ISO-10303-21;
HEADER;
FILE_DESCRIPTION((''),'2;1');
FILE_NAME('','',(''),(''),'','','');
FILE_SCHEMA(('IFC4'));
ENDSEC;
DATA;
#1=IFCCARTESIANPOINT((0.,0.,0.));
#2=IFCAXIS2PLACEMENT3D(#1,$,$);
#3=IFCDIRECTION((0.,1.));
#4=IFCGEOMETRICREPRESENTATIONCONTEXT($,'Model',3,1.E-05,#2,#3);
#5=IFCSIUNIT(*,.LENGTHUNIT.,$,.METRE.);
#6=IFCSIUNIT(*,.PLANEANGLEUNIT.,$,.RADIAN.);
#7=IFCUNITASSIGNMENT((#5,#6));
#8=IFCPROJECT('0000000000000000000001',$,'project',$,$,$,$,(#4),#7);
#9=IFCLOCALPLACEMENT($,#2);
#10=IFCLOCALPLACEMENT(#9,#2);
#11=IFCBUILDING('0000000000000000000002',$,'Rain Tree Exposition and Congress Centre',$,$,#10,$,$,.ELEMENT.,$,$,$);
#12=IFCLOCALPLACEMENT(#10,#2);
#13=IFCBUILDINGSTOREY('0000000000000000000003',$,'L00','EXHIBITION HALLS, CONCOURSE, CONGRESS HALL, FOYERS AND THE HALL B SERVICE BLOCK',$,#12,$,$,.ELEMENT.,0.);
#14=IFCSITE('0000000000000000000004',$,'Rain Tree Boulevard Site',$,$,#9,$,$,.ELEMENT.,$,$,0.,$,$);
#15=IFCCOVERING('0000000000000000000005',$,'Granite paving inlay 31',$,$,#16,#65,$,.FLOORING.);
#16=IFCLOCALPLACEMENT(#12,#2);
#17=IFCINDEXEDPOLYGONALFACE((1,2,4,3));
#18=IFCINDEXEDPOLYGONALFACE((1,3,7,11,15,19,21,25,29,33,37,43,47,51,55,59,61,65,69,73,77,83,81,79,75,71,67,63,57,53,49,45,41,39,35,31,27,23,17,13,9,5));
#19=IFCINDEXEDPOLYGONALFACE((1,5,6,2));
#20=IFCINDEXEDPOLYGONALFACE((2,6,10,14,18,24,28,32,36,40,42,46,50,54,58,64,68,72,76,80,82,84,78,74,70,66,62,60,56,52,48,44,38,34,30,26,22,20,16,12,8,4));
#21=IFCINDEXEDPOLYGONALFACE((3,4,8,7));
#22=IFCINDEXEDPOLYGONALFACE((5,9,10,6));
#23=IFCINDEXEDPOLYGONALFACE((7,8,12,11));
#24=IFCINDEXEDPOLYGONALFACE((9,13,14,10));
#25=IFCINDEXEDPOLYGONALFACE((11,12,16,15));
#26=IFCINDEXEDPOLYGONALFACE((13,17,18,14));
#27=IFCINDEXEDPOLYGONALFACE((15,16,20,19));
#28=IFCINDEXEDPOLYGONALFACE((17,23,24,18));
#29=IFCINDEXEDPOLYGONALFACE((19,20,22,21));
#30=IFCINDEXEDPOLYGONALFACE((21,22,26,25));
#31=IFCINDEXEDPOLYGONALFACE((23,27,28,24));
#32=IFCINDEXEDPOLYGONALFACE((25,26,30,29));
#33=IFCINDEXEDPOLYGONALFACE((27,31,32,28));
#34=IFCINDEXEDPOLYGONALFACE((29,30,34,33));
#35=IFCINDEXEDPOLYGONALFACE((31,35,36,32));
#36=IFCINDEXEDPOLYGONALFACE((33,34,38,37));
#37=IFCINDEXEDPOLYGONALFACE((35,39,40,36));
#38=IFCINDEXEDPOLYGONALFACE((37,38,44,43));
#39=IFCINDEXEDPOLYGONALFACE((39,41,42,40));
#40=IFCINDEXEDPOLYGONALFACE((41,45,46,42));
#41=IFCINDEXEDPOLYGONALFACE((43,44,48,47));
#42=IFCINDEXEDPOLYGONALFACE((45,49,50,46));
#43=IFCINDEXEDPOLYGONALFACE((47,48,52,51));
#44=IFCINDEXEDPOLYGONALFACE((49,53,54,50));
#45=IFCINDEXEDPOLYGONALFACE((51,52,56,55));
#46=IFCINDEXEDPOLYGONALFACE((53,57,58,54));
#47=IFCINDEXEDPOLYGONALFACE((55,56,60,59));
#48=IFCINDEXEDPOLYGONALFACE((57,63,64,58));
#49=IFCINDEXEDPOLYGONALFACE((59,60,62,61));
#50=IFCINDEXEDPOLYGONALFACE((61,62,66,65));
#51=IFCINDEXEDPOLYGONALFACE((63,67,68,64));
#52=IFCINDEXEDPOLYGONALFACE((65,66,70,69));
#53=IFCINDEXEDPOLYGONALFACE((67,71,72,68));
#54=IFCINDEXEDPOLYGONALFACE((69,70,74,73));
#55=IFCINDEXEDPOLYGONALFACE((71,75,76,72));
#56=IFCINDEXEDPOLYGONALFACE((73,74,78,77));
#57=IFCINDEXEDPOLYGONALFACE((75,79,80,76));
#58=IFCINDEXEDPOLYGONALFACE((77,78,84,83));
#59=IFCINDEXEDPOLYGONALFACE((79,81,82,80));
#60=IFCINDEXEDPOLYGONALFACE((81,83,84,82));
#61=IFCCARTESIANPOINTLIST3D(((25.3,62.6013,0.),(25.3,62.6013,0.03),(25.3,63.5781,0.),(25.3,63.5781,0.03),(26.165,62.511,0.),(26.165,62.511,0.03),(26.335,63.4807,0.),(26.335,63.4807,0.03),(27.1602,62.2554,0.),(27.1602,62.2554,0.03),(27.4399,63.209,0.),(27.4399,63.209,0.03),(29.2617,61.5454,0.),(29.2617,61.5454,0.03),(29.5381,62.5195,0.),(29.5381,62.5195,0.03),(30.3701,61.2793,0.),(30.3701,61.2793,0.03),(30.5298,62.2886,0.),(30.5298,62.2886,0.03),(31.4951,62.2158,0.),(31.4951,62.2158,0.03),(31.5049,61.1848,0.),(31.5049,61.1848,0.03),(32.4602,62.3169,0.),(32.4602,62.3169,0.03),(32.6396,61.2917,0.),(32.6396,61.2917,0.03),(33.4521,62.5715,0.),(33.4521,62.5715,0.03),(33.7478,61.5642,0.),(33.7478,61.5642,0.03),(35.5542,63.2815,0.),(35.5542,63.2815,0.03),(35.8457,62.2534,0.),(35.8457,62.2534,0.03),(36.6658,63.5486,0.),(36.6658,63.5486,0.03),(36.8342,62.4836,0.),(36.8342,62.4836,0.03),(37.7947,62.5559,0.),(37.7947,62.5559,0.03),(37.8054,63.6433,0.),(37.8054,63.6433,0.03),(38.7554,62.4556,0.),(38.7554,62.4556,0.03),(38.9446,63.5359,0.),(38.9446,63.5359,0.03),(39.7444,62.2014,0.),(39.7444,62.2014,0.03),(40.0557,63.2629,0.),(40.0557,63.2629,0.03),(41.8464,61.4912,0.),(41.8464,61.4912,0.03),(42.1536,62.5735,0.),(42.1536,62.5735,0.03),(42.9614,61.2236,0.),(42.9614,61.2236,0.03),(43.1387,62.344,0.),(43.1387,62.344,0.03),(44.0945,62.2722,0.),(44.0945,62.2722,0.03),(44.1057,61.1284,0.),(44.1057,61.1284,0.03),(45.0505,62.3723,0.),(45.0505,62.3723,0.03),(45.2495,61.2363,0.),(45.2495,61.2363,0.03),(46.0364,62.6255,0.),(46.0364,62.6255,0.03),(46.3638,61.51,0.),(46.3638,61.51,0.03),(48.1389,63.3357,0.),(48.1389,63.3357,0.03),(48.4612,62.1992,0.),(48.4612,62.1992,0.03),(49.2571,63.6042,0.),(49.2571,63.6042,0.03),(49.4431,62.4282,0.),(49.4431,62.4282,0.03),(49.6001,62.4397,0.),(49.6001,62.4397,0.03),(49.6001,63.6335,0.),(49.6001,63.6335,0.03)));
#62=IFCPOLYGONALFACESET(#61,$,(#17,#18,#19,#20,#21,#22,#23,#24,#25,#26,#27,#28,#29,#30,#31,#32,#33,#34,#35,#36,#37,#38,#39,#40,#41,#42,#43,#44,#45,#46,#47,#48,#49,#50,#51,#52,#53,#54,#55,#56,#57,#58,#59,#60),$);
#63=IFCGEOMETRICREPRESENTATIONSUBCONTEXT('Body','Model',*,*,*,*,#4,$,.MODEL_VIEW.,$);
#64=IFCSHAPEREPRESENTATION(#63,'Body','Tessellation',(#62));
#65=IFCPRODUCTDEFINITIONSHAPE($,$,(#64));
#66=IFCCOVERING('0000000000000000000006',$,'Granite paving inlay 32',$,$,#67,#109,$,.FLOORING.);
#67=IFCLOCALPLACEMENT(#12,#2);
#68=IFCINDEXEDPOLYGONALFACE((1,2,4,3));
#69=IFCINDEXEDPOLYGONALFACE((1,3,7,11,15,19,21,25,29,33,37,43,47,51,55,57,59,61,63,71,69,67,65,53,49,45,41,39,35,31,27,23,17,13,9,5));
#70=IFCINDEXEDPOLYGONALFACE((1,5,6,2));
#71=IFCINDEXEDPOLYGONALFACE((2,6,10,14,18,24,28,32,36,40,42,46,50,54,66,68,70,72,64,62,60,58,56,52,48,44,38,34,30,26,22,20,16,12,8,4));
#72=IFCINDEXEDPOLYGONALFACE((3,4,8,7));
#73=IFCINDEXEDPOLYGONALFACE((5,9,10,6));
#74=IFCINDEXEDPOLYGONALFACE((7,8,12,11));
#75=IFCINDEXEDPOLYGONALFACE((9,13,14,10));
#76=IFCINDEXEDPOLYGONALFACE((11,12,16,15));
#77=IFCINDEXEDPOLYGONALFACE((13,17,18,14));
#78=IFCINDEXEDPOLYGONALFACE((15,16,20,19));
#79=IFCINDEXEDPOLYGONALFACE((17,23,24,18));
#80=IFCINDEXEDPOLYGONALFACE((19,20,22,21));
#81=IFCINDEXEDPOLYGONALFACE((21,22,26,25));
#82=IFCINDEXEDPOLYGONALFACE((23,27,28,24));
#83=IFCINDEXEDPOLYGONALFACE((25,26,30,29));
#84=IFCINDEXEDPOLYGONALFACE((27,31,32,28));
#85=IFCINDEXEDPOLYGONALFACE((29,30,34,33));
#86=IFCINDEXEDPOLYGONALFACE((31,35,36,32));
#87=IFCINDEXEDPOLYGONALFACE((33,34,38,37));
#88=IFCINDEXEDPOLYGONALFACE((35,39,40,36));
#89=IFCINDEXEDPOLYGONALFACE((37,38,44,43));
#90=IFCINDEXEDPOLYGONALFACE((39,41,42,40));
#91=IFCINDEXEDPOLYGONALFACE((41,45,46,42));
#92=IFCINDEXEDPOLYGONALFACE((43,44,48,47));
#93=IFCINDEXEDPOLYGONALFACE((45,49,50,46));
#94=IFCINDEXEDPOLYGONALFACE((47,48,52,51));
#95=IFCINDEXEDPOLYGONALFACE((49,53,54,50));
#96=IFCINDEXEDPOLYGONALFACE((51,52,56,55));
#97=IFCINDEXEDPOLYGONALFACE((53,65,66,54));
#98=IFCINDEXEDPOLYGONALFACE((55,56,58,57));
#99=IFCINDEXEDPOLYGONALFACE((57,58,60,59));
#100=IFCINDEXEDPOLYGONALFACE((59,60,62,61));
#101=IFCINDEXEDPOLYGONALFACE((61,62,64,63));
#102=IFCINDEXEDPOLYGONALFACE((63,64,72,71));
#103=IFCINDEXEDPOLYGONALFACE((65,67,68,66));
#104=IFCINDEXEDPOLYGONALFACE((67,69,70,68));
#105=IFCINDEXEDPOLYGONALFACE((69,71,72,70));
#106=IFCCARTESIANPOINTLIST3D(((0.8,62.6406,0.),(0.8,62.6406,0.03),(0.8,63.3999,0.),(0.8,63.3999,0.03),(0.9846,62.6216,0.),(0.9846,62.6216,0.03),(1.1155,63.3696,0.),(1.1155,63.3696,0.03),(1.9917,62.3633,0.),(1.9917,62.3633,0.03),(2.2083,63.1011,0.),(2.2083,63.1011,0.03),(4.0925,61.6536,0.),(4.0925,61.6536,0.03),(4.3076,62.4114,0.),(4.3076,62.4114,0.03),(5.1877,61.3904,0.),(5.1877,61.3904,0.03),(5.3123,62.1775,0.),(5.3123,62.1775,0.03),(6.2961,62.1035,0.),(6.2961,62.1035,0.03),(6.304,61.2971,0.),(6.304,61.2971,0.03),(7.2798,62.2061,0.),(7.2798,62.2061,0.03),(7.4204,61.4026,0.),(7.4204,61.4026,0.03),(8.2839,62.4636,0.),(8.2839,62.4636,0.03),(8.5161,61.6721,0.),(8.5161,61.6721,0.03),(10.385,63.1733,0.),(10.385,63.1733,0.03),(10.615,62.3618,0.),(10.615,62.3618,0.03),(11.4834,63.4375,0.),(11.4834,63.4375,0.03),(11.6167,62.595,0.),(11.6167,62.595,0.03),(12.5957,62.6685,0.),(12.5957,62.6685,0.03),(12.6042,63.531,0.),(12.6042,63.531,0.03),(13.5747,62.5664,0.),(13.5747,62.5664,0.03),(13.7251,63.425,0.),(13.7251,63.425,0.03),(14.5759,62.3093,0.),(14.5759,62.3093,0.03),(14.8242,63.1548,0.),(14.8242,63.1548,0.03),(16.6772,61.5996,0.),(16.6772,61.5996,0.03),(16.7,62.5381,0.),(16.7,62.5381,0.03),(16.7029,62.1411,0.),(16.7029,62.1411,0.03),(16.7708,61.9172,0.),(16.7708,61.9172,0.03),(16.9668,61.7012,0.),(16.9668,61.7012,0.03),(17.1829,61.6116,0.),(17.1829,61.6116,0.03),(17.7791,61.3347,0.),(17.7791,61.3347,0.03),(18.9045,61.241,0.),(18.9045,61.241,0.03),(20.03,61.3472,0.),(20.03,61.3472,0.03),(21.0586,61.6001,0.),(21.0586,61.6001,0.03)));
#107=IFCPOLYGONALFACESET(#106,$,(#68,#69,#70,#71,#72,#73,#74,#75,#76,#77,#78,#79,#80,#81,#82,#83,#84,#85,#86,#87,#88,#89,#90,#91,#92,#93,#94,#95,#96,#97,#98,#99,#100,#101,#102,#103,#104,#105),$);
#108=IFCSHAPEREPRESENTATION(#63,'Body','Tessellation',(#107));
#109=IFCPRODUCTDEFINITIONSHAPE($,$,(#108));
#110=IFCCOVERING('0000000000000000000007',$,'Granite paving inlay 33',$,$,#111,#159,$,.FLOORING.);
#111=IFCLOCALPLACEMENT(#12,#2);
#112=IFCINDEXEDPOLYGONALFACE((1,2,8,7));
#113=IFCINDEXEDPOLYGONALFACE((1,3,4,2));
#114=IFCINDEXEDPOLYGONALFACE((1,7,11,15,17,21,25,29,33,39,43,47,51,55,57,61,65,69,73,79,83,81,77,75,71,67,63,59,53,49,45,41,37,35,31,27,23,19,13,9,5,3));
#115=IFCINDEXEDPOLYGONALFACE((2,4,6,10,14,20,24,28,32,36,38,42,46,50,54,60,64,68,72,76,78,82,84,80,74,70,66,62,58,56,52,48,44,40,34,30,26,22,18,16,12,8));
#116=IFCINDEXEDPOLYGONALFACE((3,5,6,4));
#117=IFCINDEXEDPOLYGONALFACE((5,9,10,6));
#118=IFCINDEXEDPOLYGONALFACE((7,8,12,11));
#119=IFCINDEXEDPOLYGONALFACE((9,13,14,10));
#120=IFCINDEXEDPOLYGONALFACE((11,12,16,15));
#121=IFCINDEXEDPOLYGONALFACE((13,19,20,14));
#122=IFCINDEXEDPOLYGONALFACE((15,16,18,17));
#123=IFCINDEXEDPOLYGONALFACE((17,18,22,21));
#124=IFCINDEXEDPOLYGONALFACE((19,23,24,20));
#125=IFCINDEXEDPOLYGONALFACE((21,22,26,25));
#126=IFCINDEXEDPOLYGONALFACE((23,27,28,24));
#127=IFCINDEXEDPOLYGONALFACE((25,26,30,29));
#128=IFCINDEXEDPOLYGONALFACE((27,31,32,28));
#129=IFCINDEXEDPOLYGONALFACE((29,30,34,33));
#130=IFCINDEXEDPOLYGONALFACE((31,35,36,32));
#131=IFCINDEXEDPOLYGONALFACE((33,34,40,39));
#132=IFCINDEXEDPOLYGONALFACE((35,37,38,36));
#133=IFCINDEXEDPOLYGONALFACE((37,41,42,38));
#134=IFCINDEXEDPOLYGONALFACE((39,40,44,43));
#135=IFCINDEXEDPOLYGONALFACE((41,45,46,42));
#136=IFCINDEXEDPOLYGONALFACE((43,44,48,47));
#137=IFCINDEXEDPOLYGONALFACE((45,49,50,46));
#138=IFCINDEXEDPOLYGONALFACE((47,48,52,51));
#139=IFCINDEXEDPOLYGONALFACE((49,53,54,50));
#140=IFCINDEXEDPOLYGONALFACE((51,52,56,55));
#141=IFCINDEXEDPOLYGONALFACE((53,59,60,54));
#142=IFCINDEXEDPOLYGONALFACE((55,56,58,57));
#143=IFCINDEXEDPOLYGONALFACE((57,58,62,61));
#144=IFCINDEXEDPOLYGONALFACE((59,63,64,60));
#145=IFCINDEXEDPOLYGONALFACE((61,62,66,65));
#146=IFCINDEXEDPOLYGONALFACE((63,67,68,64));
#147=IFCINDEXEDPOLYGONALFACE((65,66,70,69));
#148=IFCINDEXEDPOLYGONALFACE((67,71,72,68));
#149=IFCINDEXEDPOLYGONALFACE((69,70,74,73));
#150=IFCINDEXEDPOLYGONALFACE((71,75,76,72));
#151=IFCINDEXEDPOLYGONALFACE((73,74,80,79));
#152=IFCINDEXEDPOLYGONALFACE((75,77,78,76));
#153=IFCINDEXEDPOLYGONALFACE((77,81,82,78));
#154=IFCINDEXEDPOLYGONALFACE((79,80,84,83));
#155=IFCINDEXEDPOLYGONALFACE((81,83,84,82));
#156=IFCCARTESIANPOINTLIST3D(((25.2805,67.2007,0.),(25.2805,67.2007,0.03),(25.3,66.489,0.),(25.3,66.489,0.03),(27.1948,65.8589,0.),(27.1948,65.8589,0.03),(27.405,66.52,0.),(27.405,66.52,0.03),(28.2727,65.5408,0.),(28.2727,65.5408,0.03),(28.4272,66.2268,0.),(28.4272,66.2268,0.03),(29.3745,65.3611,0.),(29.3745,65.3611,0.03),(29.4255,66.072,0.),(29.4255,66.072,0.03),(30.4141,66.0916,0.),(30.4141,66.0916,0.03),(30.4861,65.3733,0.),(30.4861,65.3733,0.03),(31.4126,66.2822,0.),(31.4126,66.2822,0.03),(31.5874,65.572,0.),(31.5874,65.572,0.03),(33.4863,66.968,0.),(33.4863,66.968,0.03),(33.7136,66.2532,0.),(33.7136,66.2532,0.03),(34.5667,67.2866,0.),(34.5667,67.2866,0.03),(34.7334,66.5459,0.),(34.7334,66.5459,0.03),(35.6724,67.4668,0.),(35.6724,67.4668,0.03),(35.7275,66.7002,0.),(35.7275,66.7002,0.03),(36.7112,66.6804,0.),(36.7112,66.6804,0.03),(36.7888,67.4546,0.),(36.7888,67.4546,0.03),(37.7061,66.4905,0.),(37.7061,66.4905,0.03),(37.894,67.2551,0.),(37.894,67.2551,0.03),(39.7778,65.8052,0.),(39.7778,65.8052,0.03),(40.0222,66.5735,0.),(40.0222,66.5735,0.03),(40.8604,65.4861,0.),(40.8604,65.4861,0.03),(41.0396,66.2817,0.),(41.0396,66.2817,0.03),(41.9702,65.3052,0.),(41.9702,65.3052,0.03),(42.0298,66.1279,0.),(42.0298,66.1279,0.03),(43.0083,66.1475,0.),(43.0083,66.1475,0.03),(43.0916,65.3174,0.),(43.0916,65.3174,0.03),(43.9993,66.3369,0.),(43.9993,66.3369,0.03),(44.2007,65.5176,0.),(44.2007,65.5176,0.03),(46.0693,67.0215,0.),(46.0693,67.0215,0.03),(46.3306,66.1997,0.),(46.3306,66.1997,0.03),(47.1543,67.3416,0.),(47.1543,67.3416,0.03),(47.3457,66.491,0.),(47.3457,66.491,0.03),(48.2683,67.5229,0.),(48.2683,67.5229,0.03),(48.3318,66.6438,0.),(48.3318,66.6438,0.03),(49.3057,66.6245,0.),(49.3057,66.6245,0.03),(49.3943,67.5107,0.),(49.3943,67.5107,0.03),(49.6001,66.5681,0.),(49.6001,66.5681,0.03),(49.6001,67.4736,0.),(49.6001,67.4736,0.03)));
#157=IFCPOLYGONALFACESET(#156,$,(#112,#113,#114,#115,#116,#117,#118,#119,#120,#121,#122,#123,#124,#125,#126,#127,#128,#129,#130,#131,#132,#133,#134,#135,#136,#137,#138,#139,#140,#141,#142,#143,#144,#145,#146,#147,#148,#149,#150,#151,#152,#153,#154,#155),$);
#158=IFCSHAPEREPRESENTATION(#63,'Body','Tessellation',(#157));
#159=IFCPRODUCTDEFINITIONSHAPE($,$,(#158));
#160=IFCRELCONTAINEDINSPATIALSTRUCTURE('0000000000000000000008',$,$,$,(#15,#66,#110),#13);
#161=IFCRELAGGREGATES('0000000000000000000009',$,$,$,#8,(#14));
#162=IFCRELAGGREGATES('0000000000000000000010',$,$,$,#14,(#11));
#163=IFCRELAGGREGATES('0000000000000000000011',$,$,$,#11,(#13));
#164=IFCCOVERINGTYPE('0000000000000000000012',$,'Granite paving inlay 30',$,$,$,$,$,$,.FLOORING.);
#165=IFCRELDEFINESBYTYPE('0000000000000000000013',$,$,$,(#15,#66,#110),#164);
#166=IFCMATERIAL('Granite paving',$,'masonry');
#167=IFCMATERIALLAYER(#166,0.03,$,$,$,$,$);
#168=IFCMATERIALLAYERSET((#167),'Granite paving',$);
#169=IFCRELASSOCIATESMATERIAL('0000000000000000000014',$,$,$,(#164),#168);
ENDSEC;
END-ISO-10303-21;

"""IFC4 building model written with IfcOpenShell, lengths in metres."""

from ifc_helpers import new_model, si_unit, direction, origin, place, context, subcontext, project, spatial, polyline, outline, extrude, material, layer, layer_set, type_object, element, save


model = new_model("IFC4")

# Units and contexts
model_context = context("Model", 3, precision=1e-05, world=origin(), true_north=direction((0.0, 1.0)))
body_context = subcontext(model_context, "Body", "Model", "MODEL_VIEW")
ifc_project = project(units=[si_unit("LENGTHUNIT", "METRE"), si_unit("PLANEANGLEUNIT", "RADIAN")], contexts=[model_context])

# Site, building, storey
site_placement = place(None, origin())
site = spatial("IfcSite", under=ifc_project, at=site_placement, Name="Rain Tree Boulevard Site", CompositionType="ELEMENT", RefElevation=0.0)
building_placement = place(site_placement, origin())
building = spatial("IfcBuilding", under=site, at=building_placement, Name="Rain Tree Exposition and Congress Centre", CompositionType="ELEMENT")
storey_placement = place(building_placement, origin())
storey = spatial("IfcBuildingStorey", under=building, at=storey_placement, Name="L00", Description="EXHIBITION HALLS, CONCOURSE, CONGRESS HALL, FOYERS AND THE HALL B SERVICE BLOCK", CompositionType="ELEMENT", Elevation=0.0)

# Coverings
ifc_material_1 = material(Name="Granite paving", Category="masonry")
ifc_layer_1 = layer(ifc_material_1, 0.03)
ifc_layer_set_1 = layer_set([ifc_layer_1], Name="Granite paving")
covering_type = type_object("IfcCoveringType", Name="Granite paving inlay 30", PredefinedType="FLOORING", material=ifc_layer_set_1)
covering_1_placement = place(storey_placement, origin())
element("IfcCovering", 1, at=covering_1_placement, inside=storey, type_object=covering_type, Name="Granite paving inlay 31", PredefinedType="FLOORING", context=body_context, shape_type="SweptSolid", body=[
    extrude(outline(polyline([(26.335, 63.4807), (25.3, 63.5781), (25.3, 62.6013), (26.165, 62.511), (27.1602, 62.2554), (29.2617, 61.5454), (30.3701, 61.2793), (31.5049, 61.1848), (32.6396, 61.2917), (33.7478, 61.5642), (35.8457, 62.2534), (36.8342, 62.4836), (37.7947, 62.5559), (38.7554, 62.4556), (39.7444, 62.2014), (41.8464, 61.4912), (42.9614, 61.2236), (44.1057, 61.1284), (45.2495, 61.2363), (46.3638, 61.51), (48.4612, 62.1992), (49.4431, 62.4282), (49.6001, 62.4397), (49.6001, 63.6335), (49.2571, 63.6042), (48.1389, 63.3357), (46.0364, 62.6255), (45.0505, 62.3723), (44.0945, 62.2722), (43.1387, 62.344), (42.1536, 62.5735), (40.0557, 63.2629), (38.9446, 63.5359), (37.8054, 63.6433), (36.6658, 63.5486), (35.5542, 63.2815), (33.4521, 62.5715), (32.4602, 62.3169), (31.4951, 62.2158), (30.5298, 62.2886), (29.5381, 62.5195), (27.4399, 63.209), (26.335, 63.4807)])), origin(), (0.0, 0.0, 1.0), 0.03),
])
covering_2_placement = place(storey_placement, origin())
element("IfcCovering", 2, at=covering_2_placement, inside=storey, type_object=covering_type, Name="Granite paving inlay 32", PredefinedType="FLOORING", context=body_context, shape_type="SweptSolid", body=[
    extrude(outline(polyline([(2.2083, 63.1011), (1.1155, 63.3696), (0.8, 63.3999), (0.8, 62.6406), (0.9846, 62.6216), (1.9917, 62.3633), (4.0925, 61.6536), (5.1877, 61.3904), (6.304, 61.2971), (7.4204, 61.4026), (8.5161, 61.6721), (10.615, 62.3618), (11.6167, 62.595), (12.5957, 62.6685), (13.5747, 62.5664), (14.5759, 62.3093), (16.6772, 61.5996), (17.7791, 61.3347), (18.9045, 61.241), (20.03, 61.3472), (21.0586, 61.6001), (17.1829, 61.6116), (16.9668, 61.7012), (16.7708, 61.9172), (16.7029, 62.1411), (16.7, 62.5381), (14.8242, 63.1548), (13.7251, 63.425), (12.6042, 63.531), (11.4834, 63.4375), (10.385, 63.1733), (8.2839, 62.4636), (7.2798, 62.2061), (6.2961, 62.1035), (5.3123, 62.1775), (4.3076, 62.4114), (2.2083, 63.1011)])), origin(), (0.0, 0.0, 1.0), 0.03),
])
covering_3_placement = place(storey_placement, origin())
element("IfcCovering", 3, at=covering_3_placement, inside=storey, type_object=covering_type, Name="Granite paving inlay 33", PredefinedType="FLOORING", context=body_context, shape_type="SweptSolid", body=[
    extrude(outline(polyline([(25.2805, 67.2007), (25.3, 66.489), (27.1948, 65.8589), (28.2727, 65.5408), (29.3745, 65.3611), (30.4861, 65.3733), (31.5874, 65.572), (33.7136, 66.2532), (34.7334, 66.5459), (35.7275, 66.7002), (36.7112, 66.6804), (37.7061, 66.4905), (39.7778, 65.8052), (40.8604, 65.4861), (41.9702, 65.3052), (43.0916, 65.3174), (44.2007, 65.5176), (46.3306, 66.1997), (47.3457, 66.491), (48.3318, 66.6438), (49.3057, 66.6245), (49.6001, 66.5681), (49.6001, 67.4736), (49.3943, 67.5107), (48.2683, 67.5229), (47.1543, 67.3416), (46.0693, 67.0215), (43.9993, 66.3369), (43.0083, 66.1475), (42.0298, 66.1279), (41.0396, 66.2817), (40.0222, 66.5735), (37.894, 67.2551), (36.7888, 67.4546), (35.6724, 67.4668), (34.5667, 67.2866), (33.4863, 66.968), (31.4126, 66.2822), (30.4141, 66.0916), (29.4255, 66.072), (28.4272, 66.2268), (27.405, 66.52), (25.2805, 67.2007)])), origin(), (0.0, 0.0, 1.0), 0.03),
])

save(model, "model.ifc")
